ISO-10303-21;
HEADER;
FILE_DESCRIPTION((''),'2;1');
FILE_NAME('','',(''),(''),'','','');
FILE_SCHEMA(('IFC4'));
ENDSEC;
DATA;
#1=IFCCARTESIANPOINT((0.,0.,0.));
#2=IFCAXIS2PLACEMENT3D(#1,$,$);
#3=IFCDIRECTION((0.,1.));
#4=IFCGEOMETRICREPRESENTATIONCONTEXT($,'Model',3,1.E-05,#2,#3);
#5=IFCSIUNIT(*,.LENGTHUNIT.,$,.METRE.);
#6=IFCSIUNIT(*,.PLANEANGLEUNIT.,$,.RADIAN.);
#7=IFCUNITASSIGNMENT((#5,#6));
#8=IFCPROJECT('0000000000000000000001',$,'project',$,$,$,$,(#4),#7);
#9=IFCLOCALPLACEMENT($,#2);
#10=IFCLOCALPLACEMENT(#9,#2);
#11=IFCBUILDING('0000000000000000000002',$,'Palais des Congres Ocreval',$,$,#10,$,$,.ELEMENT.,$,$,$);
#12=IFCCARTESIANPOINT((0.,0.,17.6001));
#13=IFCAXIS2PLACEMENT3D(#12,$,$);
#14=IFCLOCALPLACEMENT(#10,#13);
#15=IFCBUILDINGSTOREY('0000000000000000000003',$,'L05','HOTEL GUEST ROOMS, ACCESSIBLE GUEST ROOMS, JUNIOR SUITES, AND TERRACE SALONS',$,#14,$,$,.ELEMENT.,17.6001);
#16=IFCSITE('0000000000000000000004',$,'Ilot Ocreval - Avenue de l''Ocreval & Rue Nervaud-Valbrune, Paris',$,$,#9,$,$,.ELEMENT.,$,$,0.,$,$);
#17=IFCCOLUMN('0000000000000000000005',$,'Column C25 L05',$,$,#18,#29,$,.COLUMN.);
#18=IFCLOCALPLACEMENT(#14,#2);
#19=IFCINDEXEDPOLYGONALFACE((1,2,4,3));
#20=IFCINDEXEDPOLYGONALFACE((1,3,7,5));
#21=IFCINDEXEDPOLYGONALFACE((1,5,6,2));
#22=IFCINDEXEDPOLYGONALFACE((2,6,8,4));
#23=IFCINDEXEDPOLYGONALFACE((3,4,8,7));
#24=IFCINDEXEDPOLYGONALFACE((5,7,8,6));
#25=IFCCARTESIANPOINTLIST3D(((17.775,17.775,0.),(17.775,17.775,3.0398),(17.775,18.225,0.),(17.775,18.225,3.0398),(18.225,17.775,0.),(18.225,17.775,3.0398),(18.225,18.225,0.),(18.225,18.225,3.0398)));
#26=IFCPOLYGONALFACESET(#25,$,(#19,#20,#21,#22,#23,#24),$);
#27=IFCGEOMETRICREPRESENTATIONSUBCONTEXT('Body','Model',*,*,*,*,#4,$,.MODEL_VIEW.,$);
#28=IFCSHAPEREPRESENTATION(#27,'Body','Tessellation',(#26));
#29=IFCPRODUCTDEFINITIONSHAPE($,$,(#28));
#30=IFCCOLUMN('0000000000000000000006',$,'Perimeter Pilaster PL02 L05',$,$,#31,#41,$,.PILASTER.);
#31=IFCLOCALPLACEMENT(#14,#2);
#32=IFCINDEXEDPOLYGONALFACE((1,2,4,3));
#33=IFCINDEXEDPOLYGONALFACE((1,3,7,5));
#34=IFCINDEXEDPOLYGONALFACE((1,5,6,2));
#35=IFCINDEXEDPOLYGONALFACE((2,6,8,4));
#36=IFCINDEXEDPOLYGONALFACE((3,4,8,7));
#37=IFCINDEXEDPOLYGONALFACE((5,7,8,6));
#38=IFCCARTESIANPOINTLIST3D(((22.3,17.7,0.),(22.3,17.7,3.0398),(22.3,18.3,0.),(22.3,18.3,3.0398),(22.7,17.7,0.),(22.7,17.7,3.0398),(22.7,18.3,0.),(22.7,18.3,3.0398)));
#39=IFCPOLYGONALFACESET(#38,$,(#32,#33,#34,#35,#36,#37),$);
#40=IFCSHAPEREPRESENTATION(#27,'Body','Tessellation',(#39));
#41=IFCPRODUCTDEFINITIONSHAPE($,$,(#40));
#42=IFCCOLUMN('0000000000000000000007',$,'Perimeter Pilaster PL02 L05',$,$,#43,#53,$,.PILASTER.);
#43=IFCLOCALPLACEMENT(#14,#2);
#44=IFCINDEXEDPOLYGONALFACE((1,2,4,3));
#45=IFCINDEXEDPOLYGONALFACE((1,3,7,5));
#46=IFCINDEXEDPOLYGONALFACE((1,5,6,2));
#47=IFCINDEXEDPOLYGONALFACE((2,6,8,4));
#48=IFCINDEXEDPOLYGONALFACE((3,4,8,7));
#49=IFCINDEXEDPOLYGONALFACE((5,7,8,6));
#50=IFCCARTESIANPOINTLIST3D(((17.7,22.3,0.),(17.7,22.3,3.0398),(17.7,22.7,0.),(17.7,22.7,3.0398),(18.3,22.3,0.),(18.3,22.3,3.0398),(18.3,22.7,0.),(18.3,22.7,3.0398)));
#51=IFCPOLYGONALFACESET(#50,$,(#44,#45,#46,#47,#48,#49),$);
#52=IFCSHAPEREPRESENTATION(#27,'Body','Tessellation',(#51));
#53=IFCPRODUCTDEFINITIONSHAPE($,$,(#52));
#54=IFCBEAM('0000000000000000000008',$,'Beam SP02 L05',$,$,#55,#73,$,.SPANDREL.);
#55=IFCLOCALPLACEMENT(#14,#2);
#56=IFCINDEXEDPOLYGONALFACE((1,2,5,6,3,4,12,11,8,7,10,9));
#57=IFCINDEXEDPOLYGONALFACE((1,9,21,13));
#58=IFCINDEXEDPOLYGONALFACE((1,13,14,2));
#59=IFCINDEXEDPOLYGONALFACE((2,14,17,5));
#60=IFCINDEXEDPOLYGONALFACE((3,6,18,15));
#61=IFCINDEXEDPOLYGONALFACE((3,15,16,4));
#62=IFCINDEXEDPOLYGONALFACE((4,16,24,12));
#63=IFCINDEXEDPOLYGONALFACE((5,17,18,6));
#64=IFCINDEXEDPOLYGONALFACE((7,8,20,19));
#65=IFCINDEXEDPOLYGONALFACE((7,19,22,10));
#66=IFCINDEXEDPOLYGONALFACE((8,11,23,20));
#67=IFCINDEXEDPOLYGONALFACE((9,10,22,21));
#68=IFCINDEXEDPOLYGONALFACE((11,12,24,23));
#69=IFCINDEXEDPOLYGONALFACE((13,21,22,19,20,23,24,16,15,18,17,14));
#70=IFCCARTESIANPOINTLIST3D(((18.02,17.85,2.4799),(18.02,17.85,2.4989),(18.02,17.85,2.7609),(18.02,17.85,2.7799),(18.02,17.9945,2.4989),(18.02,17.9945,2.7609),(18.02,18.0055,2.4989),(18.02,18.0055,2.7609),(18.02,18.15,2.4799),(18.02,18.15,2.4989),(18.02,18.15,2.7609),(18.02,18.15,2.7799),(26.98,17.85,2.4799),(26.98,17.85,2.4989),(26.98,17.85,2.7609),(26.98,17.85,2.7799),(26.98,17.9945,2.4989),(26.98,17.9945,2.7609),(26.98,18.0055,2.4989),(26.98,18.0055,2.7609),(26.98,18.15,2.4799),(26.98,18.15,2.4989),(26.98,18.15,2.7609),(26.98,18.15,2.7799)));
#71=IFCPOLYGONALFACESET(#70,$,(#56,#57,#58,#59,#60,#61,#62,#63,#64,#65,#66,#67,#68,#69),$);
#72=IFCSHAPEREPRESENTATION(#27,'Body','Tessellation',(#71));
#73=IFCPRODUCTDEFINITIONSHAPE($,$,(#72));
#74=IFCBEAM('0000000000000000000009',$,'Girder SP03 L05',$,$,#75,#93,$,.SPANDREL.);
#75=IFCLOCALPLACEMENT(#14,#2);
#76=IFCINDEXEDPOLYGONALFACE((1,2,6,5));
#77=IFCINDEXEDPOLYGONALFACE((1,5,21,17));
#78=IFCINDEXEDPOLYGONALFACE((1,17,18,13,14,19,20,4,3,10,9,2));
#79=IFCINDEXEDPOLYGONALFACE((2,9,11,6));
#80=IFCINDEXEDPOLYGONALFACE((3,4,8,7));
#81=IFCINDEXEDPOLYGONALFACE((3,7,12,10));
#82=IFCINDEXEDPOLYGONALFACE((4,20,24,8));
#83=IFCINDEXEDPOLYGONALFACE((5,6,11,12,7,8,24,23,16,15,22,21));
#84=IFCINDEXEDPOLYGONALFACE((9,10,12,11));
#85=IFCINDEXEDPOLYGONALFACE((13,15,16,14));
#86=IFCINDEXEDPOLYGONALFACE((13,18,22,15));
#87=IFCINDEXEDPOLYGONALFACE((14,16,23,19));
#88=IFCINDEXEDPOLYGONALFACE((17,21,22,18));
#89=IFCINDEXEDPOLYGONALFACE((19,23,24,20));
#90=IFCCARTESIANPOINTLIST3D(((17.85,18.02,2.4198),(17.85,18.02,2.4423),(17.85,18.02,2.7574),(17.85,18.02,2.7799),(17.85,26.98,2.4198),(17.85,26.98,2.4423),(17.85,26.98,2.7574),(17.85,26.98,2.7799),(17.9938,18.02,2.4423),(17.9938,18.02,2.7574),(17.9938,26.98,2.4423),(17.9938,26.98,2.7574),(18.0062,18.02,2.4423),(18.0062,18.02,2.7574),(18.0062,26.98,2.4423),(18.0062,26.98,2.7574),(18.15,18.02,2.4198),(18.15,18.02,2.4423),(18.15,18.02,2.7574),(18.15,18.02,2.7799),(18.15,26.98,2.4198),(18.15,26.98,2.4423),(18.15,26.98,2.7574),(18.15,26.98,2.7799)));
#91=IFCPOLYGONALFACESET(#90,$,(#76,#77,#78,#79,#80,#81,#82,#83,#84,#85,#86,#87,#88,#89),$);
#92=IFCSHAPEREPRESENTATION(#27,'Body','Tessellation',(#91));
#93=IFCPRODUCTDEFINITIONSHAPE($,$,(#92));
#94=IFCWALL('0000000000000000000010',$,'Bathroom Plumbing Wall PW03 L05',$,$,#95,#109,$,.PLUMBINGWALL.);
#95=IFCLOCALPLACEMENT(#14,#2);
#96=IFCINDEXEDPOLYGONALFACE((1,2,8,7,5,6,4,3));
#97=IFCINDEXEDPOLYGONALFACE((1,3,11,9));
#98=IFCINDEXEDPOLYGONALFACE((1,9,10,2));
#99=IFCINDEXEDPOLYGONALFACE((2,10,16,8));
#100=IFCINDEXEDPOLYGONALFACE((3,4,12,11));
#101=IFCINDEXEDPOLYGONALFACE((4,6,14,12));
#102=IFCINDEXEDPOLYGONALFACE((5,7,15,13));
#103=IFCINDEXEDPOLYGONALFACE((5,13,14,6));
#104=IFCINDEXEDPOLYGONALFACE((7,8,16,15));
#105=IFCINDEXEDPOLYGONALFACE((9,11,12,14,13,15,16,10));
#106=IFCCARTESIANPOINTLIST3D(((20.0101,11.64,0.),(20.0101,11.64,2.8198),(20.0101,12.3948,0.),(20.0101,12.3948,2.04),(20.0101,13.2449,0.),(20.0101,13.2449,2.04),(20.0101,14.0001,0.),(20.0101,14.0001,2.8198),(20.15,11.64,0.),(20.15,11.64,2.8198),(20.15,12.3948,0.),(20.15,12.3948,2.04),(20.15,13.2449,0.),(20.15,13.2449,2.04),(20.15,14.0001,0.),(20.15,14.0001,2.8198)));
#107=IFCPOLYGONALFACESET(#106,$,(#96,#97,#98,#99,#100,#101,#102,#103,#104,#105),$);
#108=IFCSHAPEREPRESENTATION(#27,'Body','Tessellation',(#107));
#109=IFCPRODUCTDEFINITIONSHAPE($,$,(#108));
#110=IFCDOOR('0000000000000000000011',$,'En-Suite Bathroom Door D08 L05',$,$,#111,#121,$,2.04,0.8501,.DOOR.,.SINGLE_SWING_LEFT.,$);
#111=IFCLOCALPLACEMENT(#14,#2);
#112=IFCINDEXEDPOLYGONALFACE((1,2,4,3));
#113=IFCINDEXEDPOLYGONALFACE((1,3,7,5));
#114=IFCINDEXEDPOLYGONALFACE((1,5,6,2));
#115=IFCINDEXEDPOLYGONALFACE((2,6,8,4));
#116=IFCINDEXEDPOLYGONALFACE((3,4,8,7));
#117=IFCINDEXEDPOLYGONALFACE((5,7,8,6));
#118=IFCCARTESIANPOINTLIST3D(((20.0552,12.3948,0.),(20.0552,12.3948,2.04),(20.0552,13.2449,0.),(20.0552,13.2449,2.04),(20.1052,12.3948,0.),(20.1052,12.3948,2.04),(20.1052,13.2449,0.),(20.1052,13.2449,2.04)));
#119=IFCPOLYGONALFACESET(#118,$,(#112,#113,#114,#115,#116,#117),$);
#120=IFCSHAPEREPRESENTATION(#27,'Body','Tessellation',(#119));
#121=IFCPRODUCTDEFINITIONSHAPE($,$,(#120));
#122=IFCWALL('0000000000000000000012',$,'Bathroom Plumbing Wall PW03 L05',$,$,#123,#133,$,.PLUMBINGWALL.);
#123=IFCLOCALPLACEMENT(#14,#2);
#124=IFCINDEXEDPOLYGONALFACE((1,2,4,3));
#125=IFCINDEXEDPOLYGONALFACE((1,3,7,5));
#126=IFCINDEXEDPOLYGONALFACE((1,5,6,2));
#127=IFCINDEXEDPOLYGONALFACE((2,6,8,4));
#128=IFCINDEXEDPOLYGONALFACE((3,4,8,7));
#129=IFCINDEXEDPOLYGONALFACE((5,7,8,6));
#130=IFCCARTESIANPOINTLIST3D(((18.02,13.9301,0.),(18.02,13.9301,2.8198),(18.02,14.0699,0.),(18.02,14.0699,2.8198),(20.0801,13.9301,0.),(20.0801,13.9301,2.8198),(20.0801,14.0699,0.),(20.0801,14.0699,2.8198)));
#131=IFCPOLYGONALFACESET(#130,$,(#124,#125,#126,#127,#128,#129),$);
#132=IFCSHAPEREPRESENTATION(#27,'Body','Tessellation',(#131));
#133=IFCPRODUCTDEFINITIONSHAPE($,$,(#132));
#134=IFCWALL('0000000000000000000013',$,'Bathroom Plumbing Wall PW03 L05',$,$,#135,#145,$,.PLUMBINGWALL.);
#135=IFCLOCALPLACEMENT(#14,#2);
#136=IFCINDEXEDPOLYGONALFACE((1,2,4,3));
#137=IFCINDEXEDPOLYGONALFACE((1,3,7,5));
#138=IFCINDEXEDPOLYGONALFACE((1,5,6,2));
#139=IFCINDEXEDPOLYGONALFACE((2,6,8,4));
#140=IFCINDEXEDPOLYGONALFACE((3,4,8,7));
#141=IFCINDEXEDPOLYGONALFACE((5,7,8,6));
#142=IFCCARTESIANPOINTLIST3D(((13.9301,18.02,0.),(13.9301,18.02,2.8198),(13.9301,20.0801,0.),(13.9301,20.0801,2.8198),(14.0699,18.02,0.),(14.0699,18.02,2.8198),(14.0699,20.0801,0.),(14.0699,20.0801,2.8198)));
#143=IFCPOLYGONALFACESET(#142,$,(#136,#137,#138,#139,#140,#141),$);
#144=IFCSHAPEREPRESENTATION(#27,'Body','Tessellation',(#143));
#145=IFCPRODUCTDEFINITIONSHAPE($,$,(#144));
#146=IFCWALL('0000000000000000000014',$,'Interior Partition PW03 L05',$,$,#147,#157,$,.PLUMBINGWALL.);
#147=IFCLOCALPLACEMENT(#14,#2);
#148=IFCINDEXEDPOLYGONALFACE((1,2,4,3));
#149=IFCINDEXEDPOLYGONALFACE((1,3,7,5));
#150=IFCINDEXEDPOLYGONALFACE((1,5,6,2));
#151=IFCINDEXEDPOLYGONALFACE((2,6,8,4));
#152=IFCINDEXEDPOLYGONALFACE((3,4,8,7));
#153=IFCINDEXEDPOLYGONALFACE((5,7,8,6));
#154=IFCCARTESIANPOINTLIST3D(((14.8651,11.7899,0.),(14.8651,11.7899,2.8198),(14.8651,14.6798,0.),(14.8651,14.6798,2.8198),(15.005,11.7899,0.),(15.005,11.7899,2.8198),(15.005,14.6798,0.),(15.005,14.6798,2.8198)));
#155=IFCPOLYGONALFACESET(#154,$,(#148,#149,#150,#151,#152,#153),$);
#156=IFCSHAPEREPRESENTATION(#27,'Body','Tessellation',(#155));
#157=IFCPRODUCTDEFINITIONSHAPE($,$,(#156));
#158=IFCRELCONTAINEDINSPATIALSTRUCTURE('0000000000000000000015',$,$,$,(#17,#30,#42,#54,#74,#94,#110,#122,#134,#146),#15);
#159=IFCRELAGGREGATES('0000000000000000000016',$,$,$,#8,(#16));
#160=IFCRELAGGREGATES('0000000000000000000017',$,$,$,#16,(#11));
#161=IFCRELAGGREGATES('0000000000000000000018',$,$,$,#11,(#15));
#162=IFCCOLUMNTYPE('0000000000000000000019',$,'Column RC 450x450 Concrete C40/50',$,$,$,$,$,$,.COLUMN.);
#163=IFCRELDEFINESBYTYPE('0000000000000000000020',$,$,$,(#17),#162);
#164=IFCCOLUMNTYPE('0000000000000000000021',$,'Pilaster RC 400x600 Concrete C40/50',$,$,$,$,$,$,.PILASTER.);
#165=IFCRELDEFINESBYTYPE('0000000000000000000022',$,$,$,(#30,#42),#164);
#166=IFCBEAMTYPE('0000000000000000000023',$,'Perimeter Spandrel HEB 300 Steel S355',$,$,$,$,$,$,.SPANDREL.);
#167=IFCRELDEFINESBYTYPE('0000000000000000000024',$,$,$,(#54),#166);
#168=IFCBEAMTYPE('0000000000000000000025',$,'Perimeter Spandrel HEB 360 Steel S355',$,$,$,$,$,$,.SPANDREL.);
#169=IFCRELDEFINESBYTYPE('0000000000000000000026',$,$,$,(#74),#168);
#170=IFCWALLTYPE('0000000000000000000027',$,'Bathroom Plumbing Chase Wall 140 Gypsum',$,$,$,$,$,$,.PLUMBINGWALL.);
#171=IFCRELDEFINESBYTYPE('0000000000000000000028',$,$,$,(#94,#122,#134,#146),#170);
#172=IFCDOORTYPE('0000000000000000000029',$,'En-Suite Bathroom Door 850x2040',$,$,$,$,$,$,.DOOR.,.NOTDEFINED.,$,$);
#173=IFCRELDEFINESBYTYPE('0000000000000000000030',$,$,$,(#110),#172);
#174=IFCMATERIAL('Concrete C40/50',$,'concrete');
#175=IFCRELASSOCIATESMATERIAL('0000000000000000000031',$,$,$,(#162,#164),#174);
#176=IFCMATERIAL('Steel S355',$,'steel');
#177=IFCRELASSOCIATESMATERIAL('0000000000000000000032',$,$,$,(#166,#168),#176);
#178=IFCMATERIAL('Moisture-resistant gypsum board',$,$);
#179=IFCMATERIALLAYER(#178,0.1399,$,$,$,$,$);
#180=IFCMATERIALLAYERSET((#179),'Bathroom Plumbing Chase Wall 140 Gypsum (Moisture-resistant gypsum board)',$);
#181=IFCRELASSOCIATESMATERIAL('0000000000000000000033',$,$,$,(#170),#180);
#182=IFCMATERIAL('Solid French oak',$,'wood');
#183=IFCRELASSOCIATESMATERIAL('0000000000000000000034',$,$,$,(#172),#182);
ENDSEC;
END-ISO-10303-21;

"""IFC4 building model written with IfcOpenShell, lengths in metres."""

from ifc_helpers import new_model, si_unit, direction, frame, frame_2d, origin, origin_2d, place, context, subcontext, project, spatial, rectangle, i_section, extrude, material, layer, layer_set, material_profile, profile_set, type_object, element, fill, save


model = new_model("IFC4")

# Units and contexts
model_context = context("Model", 3, precision=1e-05, world=origin(), true_north=direction((0.0, 1.0)))
body_context = subcontext(model_context, "Body", "Model", "MODEL_VIEW")
ifc_project = project(units=[si_unit("LENGTHUNIT", "METRE"), si_unit("PLANEANGLEUNIT", "RADIAN")], contexts=[model_context])

# Site, building, storey
site_placement = place(None, origin())
site = spatial("IfcSite", under=ifc_project, at=site_placement, Name="Ilot Ocreval - Avenue de l'Ocreval & Rue Nervaud-Valbrune, Paris", CompositionType="ELEMENT", RefElevation=0.0)
building_placement = place(site_placement, origin())
building = spatial("IfcBuilding", under=site, at=building_placement, Name="Palais des Congres Ocreval", CompositionType="ELEMENT")
storey_placement = place(building_placement, frame((0.0, 0.0, 17.6001)))
storey = spatial("IfcBuildingStorey", under=building, at=storey_placement, Name="L05", Description="HOTEL GUEST ROOMS, ACCESSIBLE GUEST ROOMS, JUNIOR SUITES, AND TERRACE SALONS", CompositionType="ELEMENT", Elevation=17.6001)

# Columns
ifc_material_1 = material(Name="Concrete C40/50", Category="concrete")
ifc_material_profile_1 = material_profile(ifc_material_1, rectangle(XDim=0.45, YDim=0.45, at=origin_2d()), Name="RC 450x450")
ifc_profile_set_1 = profile_set([ifc_material_profile_1], Name="Concrete C40/50")
column_type_1 = type_object("IfcColumnType", Name="Column RC 450x450 Concrete C40/50", PredefinedType="COLUMN", material=ifc_profile_set_1)
column_placement = place(storey_placement, frame((18.0, 18.0, 0.0), z_axis=(0.0, 0.0, 1.0), x_axis=(1.0, 0.0, 0.0)))
element("IfcColumn", 1, at=column_placement, inside=storey, type_object=column_type_1, Name="Column C25 L05", PredefinedType="COLUMN", context=body_context, shape_type="SweptSolid", body=[
    extrude(rectangle(XDim=0.45, YDim=0.45, at=origin_2d()), origin(), (0.0, 0.0, 1.0), 3.0398),
])
ifc_material_profile_2 = material_profile(ifc_material_1, rectangle(XDim=0.3999, YDim=0.6001, at=origin_2d()), Name="RC 400x600")
ifc_profile_set_2 = profile_set([ifc_material_profile_2], Name="Concrete C40/50")
column_type_2 = type_object("IfcColumnType", Name="Pilaster RC 400x600 Concrete C40/50", PredefinedType="PILASTER", material=ifc_profile_set_2)
for number, where, z_axis, x_axis, name in (
    (2, (22.5, 18.0, 0.0), (0.0, 0.0, 1.0), (1.0, 0.0, 0.0), "Perimeter Pilaster PL02 L05"),
    (3, (18.0, 22.5, 0.0), (0.0, 0.0, 1.0), (0.0, 1.0, 0.0), "Perimeter Pilaster PL02 L05"),
):
    element("IfcColumn", number, at=place(storey_placement, frame(where, z_axis=z_axis, x_axis=x_axis)), inside=storey, type_object=column_type_2, Name=name, PredefinedType="PILASTER", context=body_context, shape_type="SweptSolid", body=[
        extrude(rectangle(XDim=0.3999, YDim=0.6001, at=origin_2d()), origin(), (0.0, 0.0, 1.0), 3.0398),
    ])

# Beams
ifc_material_2 = material(Name="Steel S355", Category="steel")
ifc_material_profile_3 = material_profile(ifc_material_2, i_section(OverallWidth=0.3, OverallDepth=0.3, WebThickness=0.011, FlangeThickness=0.019, at=origin_2d()), Name="HEB 300")
ifc_profile_set_3 = profile_set([ifc_material_profile_3], Name="Steel S355")
beam_type_1 = type_object("IfcBeamType", Name="Perimeter Spandrel HEB 300 Steel S355", PredefinedType="SPANDREL", material=ifc_profile_set_3)
beam_1_placement = place(storey_placement, frame((18.02, 18.0, 2.6299), z_axis=(1.0, 0.0, 0.0), x_axis=(0.0, 1.0, 0.0)))
element("IfcBeam", 4, at=beam_1_placement, inside=storey, type_object=beam_type_1, Name="Beam SP02 L05", PredefinedType="SPANDREL", context=body_context, shape_type="SweptSolid", body=[
    extrude(i_section(OverallWidth=0.3, OverallDepth=0.3, WebThickness=0.011, FlangeThickness=0.019, at=origin_2d()), origin(), (0.0, 0.0, 1.0), 8.96),
])
ifc_material_profile_4 = material_profile(ifc_material_2, i_section(OverallWidth=0.3, OverallDepth=0.3601, WebThickness=0.0125, FlangeThickness=0.0225, at=origin_2d()), Name="HEB 360")
ifc_profile_set_4 = profile_set([ifc_material_profile_4], Name="Steel S355")
beam_type_2 = type_object("IfcBeamType", Name="Perimeter Spandrel HEB 360 Steel S355", PredefinedType="SPANDREL", material=ifc_profile_set_4)
beam_2_placement = place(storey_placement, frame((18.0, 18.02, 2.5999), z_axis=(0.0, 1.0, 0.0), x_axis=(-1.0, 0.0, 0.0)))
element("IfcBeam", 5, at=beam_2_placement, inside=storey, type_object=beam_type_2, Name="Girder SP03 L05", PredefinedType="SPANDREL", context=body_context, shape_type="SweptSolid", body=[
    extrude(i_section(OverallWidth=0.3, OverallDepth=0.3601, WebThickness=0.0125, FlangeThickness=0.0225, at=origin_2d()), origin(), (0.0, 0.0, 1.0), 8.96),
])

# Wall, opening, door
ifc_material_3 = material(Name="Moisture-resistant gypsum board")
ifc_layer_1 = layer(ifc_material_3, 0.1399)
ifc_layer_set_1 = layer_set([ifc_layer_1], Name="Bathroom Plumbing Chase Wall 140 Gypsum (Moisture-resistant gypsum board)")
wall_type_1 = type_object("IfcWallType", Name="Bathroom Plumbing Chase Wall 140 Gypsum", PredefinedType="PLUMBINGWALL", material=ifc_layer_set_1)
wall_1_placement = place(storey_placement, frame((20.0801, 11.6399, 0.0), z_axis=(0.0, 0.0, 1.0), x_axis=(0.0, 1.0, 0.0)))
wall_1 = element("IfcWall", 6, at=wall_1_placement, inside=storey, type_object=wall_type_1, Name="Bathroom Plumbing Wall PW03 L05", PredefinedType="PLUMBINGWALL", context=body_context, shape_type="SweptSolid", body=[
    extrude(rectangle(XDim=2.3601, YDim=0.1399, at=frame_2d((1.1802, 0.0))), origin(), (0.0, 0.0, 1.0), 2.8198),
])
opening_1_placement = place(wall_1_placement, frame((0.7549, 0.0, 0.0)))
opening_1 = element("IfcOpeningElement", 7, at=opening_1_placement, cuts=wall_1, PredefinedType="OPENING", context=body_context, shape_type="SweptSolid", body=[
    extrude(rectangle(XDim=0.8501, YDim=2.04, at=frame_2d((0.425, 1.02))), frame((0.0, 0.0798, 0.0), z_axis=(0.0, -1.0, 0.0), x_axis=(1.0, 0.0, 0.0)), (0.0, 0.0, 1.0), 0.1599),
])
ifc_material_4 = material(Name="Solid French oak", Category="wood")
door_type_1 = type_object("IfcDoorType", Name="En-Suite Bathroom Door 850x2040", OperationType="NOTDEFINED", PredefinedType="DOOR", material=ifc_material_4)
door_1_placement = place(opening_1_placement, origin())
door_1 = element("IfcDoor", 8, at=door_1_placement, inside=storey, type_object=door_type_1, Name="En-Suite Bathroom Door D08 L05", OperationType="SINGLE_SWING_LEFT", OverallHeight=2.04, OverallWidth=0.8501, PredefinedType="DOOR", context=body_context, shape_type="SweptSolid", body=[
    extrude(rectangle(XDim=0.8501, YDim=2.04, at=frame_2d((0.425, 1.02))), frame((0.0, 0.0249, 0.0), z_axis=(0.0, -1.0, 0.0), x_axis=(1.0, 0.0, 0.0)), (0.0, 0.0, 1.0), 0.05),
])
fill(opening_1, door_1)

# Walls
for number, where, z_axis, x_axis, name in (
    (9, (18.02, 14.0, 0.0), (0.0, 0.0, 1.0), (1.0, 0.0, 0.0), "Bathroom Plumbing Wall PW03 L05"),
    (10, (14.0, 18.02, 0.0), (0.0, 0.0, 1.0), (0.0, 1.0, 0.0), "Bathroom Plumbing Wall PW03 L05"),
):
    element("IfcWall", number, at=place(storey_placement, frame(where, z_axis=z_axis, x_axis=x_axis)), inside=storey, type_object=wall_type_1, Name=name, PredefinedType="PLUMBINGWALL", context=body_context, shape_type="SweptSolid", body=[
        extrude(rectangle(XDim=2.0601, YDim=0.1399, at=frame_2d((1.03, 0.0))), origin(), (0.0, 0.0, 1.0), 2.8198),
    ])
wall_2_placement = place(storey_placement, frame((14.9351, 11.79, 0.0), z_axis=(0.0, 0.0, 1.0), x_axis=(0.0, 1.0, 0.0)))
element("IfcWall", 11, at=wall_2_placement, inside=storey, type_object=wall_type_1, Name="Interior Partition PW03 L05", PredefinedType="PLUMBINGWALL", context=body_context, shape_type="SweptSolid", body=[
    extrude(rectangle(XDim=2.8899, YDim=0.1399, at=frame_2d((1.4448, 0.0))), origin(), (0.0, 0.0, 1.0), 2.8198),
])

save(model, "model.ifc")
